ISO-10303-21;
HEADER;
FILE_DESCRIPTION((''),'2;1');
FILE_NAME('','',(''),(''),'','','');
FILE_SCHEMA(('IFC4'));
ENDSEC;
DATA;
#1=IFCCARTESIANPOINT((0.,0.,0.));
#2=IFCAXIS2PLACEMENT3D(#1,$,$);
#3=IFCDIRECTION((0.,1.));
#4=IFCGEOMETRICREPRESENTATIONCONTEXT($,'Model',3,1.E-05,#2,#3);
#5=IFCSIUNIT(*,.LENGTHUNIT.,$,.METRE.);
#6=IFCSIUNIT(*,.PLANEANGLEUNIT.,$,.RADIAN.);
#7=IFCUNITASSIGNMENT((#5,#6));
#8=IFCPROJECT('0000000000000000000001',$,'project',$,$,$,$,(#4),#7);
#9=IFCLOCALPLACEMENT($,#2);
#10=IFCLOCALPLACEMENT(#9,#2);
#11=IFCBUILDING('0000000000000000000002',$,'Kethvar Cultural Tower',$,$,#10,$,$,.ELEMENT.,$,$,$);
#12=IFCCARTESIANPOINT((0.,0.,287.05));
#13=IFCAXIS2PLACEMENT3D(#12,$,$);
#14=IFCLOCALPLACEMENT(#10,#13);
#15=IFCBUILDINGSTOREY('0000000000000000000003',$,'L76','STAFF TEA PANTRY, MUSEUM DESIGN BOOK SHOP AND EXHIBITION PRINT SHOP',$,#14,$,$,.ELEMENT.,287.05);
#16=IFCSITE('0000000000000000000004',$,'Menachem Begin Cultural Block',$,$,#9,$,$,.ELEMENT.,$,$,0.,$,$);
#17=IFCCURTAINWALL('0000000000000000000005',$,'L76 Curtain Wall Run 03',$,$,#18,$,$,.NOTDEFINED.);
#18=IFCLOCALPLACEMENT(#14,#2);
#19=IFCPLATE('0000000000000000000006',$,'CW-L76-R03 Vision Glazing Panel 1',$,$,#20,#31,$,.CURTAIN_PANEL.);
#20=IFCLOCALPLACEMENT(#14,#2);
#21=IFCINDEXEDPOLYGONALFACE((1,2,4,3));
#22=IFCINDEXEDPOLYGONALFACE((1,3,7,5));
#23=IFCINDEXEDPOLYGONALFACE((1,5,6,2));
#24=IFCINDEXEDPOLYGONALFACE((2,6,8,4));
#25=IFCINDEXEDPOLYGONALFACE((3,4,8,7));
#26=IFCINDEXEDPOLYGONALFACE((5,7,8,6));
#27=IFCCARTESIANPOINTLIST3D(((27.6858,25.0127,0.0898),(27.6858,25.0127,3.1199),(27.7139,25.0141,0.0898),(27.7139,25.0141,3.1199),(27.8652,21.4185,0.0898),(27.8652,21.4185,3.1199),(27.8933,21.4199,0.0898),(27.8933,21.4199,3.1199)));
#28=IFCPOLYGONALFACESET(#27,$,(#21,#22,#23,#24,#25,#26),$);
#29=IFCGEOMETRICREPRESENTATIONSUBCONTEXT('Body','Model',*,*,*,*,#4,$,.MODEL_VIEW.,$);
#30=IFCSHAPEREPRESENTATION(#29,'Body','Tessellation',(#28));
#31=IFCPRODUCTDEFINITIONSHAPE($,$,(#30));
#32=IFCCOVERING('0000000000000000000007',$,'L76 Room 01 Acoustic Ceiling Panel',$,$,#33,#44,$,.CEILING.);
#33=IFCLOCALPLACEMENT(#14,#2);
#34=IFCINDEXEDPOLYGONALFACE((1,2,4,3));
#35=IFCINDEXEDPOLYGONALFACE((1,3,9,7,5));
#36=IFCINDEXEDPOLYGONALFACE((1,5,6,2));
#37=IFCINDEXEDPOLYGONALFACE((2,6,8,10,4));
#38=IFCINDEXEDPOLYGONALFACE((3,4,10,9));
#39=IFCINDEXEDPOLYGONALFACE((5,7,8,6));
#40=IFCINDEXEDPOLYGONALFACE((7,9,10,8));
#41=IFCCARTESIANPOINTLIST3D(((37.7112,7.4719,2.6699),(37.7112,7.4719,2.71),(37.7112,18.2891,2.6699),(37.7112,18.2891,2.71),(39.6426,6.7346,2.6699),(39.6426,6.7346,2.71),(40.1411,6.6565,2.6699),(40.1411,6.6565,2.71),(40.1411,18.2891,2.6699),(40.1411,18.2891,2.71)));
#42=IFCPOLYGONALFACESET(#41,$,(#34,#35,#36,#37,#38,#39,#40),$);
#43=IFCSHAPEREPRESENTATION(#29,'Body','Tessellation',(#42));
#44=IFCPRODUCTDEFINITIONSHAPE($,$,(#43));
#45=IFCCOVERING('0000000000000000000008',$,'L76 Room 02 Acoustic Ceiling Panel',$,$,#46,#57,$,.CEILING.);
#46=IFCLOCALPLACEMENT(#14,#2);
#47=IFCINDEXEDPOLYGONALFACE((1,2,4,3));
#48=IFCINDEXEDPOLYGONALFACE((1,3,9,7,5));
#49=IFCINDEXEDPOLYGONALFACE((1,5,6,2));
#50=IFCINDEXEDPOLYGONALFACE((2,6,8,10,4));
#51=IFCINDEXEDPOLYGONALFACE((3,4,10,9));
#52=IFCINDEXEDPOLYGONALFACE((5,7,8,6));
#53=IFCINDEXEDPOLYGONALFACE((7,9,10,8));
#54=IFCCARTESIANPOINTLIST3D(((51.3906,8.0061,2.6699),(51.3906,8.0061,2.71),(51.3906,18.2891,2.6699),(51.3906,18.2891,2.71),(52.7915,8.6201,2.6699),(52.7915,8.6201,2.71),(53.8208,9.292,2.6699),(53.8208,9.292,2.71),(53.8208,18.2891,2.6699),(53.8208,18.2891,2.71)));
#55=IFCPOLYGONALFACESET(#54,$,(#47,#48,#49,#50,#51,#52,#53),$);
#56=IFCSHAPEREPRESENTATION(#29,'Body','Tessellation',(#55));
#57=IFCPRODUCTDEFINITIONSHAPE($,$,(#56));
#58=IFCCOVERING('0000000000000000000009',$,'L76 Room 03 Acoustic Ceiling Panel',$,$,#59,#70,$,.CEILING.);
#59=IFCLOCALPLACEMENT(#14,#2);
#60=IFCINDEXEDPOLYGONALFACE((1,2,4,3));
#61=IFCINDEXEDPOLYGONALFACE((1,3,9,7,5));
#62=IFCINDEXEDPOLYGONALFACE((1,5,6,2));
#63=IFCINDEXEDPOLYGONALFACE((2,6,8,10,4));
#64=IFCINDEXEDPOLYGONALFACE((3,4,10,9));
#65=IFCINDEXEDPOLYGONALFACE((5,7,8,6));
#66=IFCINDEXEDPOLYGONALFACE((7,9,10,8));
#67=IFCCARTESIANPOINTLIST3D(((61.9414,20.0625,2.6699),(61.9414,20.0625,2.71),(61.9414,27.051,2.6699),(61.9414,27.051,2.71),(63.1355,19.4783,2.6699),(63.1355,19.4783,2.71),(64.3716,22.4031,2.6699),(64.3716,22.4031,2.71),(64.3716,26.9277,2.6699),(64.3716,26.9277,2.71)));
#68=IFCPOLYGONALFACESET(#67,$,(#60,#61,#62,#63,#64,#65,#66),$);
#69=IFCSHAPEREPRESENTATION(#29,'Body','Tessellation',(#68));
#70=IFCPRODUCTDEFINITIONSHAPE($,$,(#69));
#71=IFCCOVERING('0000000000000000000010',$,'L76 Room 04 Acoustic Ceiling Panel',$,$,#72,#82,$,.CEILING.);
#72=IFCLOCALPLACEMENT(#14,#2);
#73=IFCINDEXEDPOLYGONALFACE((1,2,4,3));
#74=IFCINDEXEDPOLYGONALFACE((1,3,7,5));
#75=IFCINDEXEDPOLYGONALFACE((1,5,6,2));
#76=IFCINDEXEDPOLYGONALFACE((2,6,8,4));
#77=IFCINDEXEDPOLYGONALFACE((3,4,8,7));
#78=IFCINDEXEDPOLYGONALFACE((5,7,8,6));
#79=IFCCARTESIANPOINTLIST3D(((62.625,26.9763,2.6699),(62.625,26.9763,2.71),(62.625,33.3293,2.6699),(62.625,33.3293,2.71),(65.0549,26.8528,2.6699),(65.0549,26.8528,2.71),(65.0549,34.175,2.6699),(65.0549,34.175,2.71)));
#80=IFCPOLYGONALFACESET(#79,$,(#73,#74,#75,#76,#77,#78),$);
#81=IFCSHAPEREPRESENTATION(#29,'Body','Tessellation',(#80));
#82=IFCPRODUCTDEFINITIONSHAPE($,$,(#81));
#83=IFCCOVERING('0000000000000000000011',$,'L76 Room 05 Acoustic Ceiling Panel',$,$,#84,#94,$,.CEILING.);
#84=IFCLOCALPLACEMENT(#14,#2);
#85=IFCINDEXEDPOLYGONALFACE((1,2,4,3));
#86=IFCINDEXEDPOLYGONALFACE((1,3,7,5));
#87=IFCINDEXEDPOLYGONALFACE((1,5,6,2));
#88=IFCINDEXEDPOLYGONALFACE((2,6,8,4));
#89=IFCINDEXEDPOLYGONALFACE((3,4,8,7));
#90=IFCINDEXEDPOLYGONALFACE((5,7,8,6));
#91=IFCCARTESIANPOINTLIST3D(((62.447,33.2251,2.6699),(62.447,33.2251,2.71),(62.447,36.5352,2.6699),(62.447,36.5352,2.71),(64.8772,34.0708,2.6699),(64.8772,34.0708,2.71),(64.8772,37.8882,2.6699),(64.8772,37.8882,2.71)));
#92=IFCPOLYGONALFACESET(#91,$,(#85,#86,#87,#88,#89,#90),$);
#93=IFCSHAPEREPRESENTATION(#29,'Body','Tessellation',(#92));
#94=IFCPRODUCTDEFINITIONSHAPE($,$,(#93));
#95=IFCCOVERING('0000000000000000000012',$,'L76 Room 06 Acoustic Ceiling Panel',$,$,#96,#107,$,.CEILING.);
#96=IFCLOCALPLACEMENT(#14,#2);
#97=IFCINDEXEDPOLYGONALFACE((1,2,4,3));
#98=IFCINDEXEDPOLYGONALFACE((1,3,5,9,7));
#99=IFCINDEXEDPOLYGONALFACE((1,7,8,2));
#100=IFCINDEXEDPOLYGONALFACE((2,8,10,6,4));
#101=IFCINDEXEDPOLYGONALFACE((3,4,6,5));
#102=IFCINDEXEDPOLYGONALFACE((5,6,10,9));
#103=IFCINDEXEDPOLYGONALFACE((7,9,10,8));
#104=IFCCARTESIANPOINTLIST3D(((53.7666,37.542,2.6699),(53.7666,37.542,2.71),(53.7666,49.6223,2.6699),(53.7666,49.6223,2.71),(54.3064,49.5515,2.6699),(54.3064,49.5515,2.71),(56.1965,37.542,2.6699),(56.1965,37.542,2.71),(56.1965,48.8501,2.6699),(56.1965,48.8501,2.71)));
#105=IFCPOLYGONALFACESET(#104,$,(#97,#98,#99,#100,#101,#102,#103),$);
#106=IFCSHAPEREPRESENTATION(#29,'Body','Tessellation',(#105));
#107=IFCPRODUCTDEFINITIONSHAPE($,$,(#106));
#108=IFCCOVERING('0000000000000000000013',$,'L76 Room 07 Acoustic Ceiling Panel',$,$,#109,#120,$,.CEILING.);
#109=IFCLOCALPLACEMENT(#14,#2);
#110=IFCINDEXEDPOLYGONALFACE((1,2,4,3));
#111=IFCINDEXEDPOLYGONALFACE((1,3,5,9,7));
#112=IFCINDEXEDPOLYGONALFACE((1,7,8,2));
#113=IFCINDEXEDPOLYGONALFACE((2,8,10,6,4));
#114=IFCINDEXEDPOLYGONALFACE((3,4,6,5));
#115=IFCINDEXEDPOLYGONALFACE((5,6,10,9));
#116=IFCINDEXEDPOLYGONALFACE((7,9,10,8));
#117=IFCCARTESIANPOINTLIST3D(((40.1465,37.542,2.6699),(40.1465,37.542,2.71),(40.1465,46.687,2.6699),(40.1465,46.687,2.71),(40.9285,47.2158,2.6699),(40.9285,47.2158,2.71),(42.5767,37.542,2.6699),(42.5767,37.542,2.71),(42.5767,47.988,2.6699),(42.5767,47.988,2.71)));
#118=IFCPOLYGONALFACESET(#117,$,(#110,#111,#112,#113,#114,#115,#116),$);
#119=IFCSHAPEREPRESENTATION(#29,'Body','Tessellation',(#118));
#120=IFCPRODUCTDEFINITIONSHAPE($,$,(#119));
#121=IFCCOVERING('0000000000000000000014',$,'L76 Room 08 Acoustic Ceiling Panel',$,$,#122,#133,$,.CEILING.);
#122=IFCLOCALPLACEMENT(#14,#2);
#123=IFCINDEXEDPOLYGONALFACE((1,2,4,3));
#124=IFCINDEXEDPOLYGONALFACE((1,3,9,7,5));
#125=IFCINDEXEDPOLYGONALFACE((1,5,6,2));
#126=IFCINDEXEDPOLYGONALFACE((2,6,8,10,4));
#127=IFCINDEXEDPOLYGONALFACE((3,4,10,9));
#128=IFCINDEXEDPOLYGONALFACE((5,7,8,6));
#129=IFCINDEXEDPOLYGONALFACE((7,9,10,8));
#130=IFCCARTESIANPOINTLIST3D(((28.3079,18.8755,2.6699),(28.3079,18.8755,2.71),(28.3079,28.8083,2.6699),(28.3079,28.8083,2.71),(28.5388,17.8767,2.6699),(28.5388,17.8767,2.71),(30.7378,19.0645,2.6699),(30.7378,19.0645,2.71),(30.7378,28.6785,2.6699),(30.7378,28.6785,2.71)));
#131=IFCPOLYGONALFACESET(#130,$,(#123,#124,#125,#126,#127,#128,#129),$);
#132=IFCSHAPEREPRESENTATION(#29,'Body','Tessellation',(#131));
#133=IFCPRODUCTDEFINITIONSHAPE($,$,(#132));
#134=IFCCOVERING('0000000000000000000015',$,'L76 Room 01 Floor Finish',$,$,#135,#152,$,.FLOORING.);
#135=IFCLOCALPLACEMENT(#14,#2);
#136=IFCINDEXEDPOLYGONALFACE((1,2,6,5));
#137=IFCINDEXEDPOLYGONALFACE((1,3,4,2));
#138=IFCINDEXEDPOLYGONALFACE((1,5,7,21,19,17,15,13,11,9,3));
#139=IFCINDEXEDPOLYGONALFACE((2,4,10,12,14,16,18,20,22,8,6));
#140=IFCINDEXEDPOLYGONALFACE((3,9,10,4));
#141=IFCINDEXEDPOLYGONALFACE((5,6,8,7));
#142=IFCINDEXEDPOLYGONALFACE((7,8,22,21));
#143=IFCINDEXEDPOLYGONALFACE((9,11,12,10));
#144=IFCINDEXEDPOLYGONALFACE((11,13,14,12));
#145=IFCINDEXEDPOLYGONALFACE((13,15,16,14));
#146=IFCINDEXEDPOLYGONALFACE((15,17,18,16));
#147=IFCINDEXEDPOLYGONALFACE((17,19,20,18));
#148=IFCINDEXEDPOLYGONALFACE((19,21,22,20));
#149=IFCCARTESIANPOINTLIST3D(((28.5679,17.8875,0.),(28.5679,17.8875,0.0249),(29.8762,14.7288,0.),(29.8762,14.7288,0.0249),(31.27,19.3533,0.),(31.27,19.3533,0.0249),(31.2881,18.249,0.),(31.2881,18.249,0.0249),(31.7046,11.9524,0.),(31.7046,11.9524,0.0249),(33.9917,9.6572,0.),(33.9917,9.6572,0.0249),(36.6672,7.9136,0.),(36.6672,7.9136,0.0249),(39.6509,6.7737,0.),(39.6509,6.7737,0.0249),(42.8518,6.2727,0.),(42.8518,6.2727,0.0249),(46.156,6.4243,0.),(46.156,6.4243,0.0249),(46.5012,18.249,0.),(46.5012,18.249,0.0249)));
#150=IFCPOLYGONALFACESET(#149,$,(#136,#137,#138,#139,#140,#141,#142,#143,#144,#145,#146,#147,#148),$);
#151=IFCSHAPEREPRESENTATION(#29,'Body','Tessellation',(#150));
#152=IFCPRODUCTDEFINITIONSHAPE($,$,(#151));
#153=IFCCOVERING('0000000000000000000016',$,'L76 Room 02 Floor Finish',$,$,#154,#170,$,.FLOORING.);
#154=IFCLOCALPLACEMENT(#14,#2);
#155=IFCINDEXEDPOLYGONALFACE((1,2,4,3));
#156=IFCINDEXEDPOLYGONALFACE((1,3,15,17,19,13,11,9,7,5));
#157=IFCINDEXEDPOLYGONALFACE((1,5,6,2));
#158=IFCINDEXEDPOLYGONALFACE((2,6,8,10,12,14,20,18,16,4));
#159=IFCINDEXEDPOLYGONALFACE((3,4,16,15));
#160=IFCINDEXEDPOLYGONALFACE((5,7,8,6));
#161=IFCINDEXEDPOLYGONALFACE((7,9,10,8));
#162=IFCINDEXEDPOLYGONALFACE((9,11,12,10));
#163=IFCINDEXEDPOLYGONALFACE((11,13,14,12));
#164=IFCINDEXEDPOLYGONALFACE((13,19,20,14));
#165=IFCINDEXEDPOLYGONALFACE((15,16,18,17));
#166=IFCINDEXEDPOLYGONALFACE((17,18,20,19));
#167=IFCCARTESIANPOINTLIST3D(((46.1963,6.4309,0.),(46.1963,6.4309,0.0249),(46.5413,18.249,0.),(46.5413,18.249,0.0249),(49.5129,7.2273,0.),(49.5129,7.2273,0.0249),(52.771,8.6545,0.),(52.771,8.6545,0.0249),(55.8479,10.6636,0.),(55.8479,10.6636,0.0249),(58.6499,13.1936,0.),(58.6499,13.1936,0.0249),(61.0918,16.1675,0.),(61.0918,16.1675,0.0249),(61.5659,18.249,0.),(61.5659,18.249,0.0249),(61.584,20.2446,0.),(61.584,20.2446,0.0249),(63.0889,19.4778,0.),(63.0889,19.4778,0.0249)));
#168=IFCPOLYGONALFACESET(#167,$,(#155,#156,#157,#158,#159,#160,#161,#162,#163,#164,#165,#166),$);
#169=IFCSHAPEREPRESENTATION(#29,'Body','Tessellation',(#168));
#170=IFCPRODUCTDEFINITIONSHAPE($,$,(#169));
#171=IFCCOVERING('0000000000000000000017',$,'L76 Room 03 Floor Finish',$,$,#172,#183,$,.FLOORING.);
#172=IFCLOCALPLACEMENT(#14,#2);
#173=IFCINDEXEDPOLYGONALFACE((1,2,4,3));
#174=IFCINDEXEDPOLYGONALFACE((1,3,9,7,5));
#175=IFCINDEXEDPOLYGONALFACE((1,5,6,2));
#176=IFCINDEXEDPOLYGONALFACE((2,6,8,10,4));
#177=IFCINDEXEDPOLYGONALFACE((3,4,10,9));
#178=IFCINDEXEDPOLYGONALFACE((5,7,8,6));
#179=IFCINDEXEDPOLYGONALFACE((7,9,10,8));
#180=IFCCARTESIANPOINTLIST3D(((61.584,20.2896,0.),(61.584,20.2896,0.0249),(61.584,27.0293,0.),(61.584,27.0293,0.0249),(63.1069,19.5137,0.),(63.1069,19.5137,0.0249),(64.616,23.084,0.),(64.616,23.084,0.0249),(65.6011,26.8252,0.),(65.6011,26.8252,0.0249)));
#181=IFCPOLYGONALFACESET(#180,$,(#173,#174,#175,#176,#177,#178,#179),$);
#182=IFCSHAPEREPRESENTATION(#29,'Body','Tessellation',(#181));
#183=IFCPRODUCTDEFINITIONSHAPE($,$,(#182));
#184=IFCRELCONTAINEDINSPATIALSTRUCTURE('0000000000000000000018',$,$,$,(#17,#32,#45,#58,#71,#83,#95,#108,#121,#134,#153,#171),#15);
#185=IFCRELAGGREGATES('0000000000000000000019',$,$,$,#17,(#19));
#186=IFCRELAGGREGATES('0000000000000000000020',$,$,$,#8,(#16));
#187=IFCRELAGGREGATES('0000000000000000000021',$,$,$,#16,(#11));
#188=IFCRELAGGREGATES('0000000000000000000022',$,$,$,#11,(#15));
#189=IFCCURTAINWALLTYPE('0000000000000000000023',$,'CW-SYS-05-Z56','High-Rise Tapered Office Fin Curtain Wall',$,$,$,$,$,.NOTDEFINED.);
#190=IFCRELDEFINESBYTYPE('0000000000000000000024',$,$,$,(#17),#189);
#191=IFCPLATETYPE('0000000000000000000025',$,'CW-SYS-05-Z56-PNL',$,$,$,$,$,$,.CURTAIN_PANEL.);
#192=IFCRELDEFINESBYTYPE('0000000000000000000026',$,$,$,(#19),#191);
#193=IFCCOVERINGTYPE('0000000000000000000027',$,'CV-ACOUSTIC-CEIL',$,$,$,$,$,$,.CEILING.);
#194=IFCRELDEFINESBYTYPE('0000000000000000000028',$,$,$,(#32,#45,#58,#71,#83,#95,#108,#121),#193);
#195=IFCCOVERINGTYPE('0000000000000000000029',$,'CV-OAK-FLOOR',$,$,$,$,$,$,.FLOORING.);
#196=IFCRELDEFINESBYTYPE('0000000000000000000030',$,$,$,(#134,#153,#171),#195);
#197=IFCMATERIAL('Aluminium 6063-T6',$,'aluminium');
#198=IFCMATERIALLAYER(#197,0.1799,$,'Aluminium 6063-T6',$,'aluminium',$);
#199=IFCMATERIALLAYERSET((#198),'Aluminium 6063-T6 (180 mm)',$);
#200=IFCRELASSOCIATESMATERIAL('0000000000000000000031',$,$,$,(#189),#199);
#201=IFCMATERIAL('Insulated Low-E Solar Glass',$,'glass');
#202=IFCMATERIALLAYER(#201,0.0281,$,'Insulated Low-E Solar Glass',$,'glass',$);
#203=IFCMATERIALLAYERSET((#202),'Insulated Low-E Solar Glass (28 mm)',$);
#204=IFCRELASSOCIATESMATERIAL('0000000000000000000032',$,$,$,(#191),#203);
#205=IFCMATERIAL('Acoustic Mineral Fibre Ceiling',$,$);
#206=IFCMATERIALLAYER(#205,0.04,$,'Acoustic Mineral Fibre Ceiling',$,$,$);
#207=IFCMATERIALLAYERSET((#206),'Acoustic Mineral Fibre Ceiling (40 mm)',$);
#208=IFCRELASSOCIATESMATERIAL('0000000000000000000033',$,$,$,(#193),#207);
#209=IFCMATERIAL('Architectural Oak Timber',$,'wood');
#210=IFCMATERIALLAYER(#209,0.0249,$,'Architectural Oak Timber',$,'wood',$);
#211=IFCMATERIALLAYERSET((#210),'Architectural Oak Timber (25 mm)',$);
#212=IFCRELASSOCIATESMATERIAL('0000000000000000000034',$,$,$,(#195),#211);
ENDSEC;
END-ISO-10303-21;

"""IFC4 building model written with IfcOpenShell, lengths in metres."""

from ifc_helpers import new_model, si_unit, direction, frame, origin, origin_2d, place, context, subcontext, project, spatial, polyline, rectangle, outline, extrude, source, transform, mapped, material, layer, layer_set, type_object, element, aggregate, save


model = new_model("IFC4")

# Units and contexts
model_context = context("Model", 3, precision=1e-05, world=origin(), true_north=direction((0.0, 1.0)))
body_context = subcontext(model_context, "Body", "Model", "MODEL_VIEW")
ifc_project = project(units=[si_unit("LENGTHUNIT", "METRE"), si_unit("PLANEANGLEUNIT", "RADIAN")], contexts=[model_context])

# Site, building, storey
site_placement = place(None, origin())
site = spatial("IfcSite", under=ifc_project, at=site_placement, Name="Menachem Begin Cultural Block", CompositionType="ELEMENT", RefElevation=0.0)
building_placement = place(site_placement, origin())
building = spatial("IfcBuilding", under=site, at=building_placement, Name="Kethvar Cultural Tower", CompositionType="ELEMENT")
storey_placement = place(building_placement, frame((0.0, 0.0, 287.05)))
storey = spatial("IfcBuildingStorey", under=building, at=storey_placement, Name="L76", Description="STAFF TEA PANTRY, MUSEUM DESIGN BOOK SHOP AND EXHIBITION PRINT SHOP", CompositionType="ELEMENT", Elevation=287.05)

# Curtain wall
ifc_material_1 = material(Name="Aluminium 6063-T6", Category="aluminium")
ifc_layer_1 = layer(ifc_material_1, 0.1799, Name="Aluminium 6063-T6", Category="aluminium")
ifc_layer_set_1 = layer_set([ifc_layer_1], Name="Aluminium 6063-T6 (180 mm)")
curtain_wall_type = type_object("IfcCurtainWallType", Name="CW-SYS-05-Z56", Description="High-Rise Tapered Office Fin Curtain Wall", PredefinedType="NOTDEFINED", material=ifc_layer_set_1)
curtain_wall_placement = place(storey_placement, origin())
curtain_wall = element("IfcCurtainWall", 1, at=curtain_wall_placement, inside=storey, type_object=curtain_wall_type, Name="L76 Curtain Wall Run 03", PredefinedType="NOTDEFINED")

# Plate
ifc_material_2 = material(Name="Insulated Low-E Solar Glass", Category="glass")
ifc_layer_2 = layer(ifc_material_2, 0.0281, Name="Insulated Low-E Solar Glass", Category="glass")
ifc_layer_set_2 = layer_set([ifc_layer_2], Name="Insulated Low-E Solar Glass (28 mm)")
plate_type = type_object("IfcPlateType", Name="CW-SYS-05-Z56-PNL", PredefinedType="CURTAIN_PANEL", material=ifc_layer_set_2)
shared_shape_1 = source(origin(), body_context, "Body", "SweptSolid", [
    extrude(rectangle(XDim=3.5986, YDim=0.0281, at=origin_2d()), origin(), (0.0, 0.0, 1.0), 3.03),
])
plate_placement = place(storey_placement, frame((27.7896, 23.2163, 0.0898), z_axis=(0.0, 0.0, 1.0), x_axis=(0.049843, -0.998757, 0.0)))
plate = element("IfcPlate", 2, at=plate_placement, type_object=plate_type, Name="CW-L76-R03 Vision Glazing Panel 1", PredefinedType="CURTAIN_PANEL", context=body_context, shape_type="MappedRepresentation", body=[
    mapped(shared_shape_1, transform((0.0, 0.0, 0.0), scale=1.0)),
])
aggregate(curtain_wall, [plate])

# Coverings
ifc_material_3 = material(Name="Acoustic Mineral Fibre Ceiling")
ifc_layer_3 = layer(ifc_material_3, 0.04, Name="Acoustic Mineral Fibre Ceiling")
ifc_layer_set_3 = layer_set([ifc_layer_3], Name="Acoustic Mineral Fibre Ceiling (40 mm)")
covering_type_1 = type_object("IfcCoveringType", Name="CV-ACOUSTIC-CEIL", PredefinedType="CEILING", material=ifc_layer_set_3)
covering_1_placement = place(storey_placement, frame((0.0, 0.0, 2.6699)))
element("IfcCovering", 3, at=covering_1_placement, inside=storey, type_object=covering_type_1, Name="L76 Room 01 Acoustic Ceiling Panel", PredefinedType="CEILING", context=body_context, shape_type="SweptSolid", body=[
    extrude(outline(polyline([(39.6426, 6.7346), (37.7112, 7.4719), (37.7112, 18.2891), (40.1411, 18.2891), (40.1411, 6.6565), (39.6426, 6.7346)])), origin(), (0.0, 0.0, 1.0), 0.04),
])
covering_2_placement = place(storey_placement, frame((0.0, 0.0, 2.6699)))
element("IfcCovering", 4, at=covering_2_placement, inside=storey, type_object=covering_type_1, Name="L76 Room 02 Acoustic Ceiling Panel", PredefinedType="CEILING", context=body_context, shape_type="SweptSolid", body=[
    extrude(outline(polyline([(52.7915, 8.6201), (51.3906, 8.0061), (51.3906, 18.2891), (53.8208, 18.2891), (53.8208, 9.292), (52.7915, 8.6201)])), origin(), (0.0, 0.0, 1.0), 0.04),
])
covering_3_placement = place(storey_placement, frame((0.0, 0.0, 2.6699)))
element("IfcCovering", 5, at=covering_3_placement, inside=storey, type_object=covering_type_1, Name="L76 Room 03 Acoustic Ceiling Panel", PredefinedType="CEILING", context=body_context, shape_type="SweptSolid", body=[
    extrude(outline(polyline([(63.1355, 19.4783), (61.9414, 20.0625), (61.9414, 27.051), (64.3716, 26.9277), (64.3716, 22.4031), (63.1355, 19.4783)])), origin(), (0.0, 0.0, 1.0), 0.04),
])
covering_4_placement = place(storey_placement, frame((0.0, 0.0, 2.6699)))
element("IfcCovering", 6, at=covering_4_placement, inside=storey, type_object=covering_type_1, Name="L76 Room 04 Acoustic Ceiling Panel", PredefinedType="CEILING", context=body_context, shape_type="SweptSolid", body=[
    extrude(outline(polyline([(62.625, 26.9763), (62.625, 33.3293), (65.0549, 34.175), (65.0549, 26.8528), (62.625, 26.9763)])), origin(), (0.0, 0.0, 1.0), 0.04),
])
covering_5_placement = place(storey_placement, frame((0.0, 0.0, 2.6699)))
element("IfcCovering", 7, at=covering_5_placement, inside=storey, type_object=covering_type_1, Name="L76 Room 05 Acoustic Ceiling Panel", PredefinedType="CEILING", context=body_context, shape_type="SweptSolid", body=[
    extrude(outline(polyline([(62.447, 33.2251), (62.447, 36.5352), (64.8772, 37.8882), (64.8772, 34.0708), (62.447, 33.2251)])), origin(), (0.0, 0.0, 1.0), 0.04),
])
covering_6_placement = place(storey_placement, frame((0.0, 0.0, 2.6699)))
element("IfcCovering", 8, at=covering_6_placement, inside=storey, type_object=covering_type_1, Name="L76 Room 06 Acoustic Ceiling Panel", PredefinedType="CEILING", context=body_context, shape_type="SweptSolid", body=[
    extrude(outline(polyline([(54.3064, 49.5515), (56.1965, 48.8501), (56.1965, 37.542), (53.7666, 37.542), (53.7666, 49.6223), (54.3064, 49.5515)])), origin(), (0.0, 0.0, 1.0), 0.04),
])
covering_7_placement = place(storey_placement, frame((0.0, 0.0, 2.6699)))
element("IfcCovering", 9, at=covering_7_placement, inside=storey, type_object=covering_type_1, Name="L76 Room 07 Acoustic Ceiling Panel", PredefinedType="CEILING", context=body_context, shape_type="SweptSolid", body=[
    extrude(outline(polyline([(40.9285, 47.2158), (42.5767, 47.988), (42.5767, 37.542), (40.1465, 37.542), (40.1465, 46.687), (40.9285, 47.2158)])), origin(), (0.0, 0.0, 1.0), 0.04),
])
covering_8_placement = place(storey_placement, frame((0.0, 0.0, 2.6699)))
element("IfcCovering", 10, at=covering_8_placement, inside=storey, type_object=covering_type_1, Name="L76 Room 08 Acoustic Ceiling Panel", PredefinedType="CEILING", context=body_context, shape_type="SweptSolid", body=[
    extrude(outline(polyline([(30.7378, 28.6785), (30.7378, 19.0645), (28.5388, 17.8767), (28.3079, 18.8755), (28.3079, 28.8083), (30.7378, 28.6785)])), origin(), (0.0, 0.0, 1.0), 0.04),
])
ifc_material_4 = material(Name="Architectural Oak Timber", Category="wood")
ifc_layer_4 = layer(ifc_material_4, 0.0249, Name="Architectural Oak Timber", Category="wood")
ifc_layer_set_4 = layer_set([ifc_layer_4], Name="Architectural Oak Timber (25 mm)")
covering_type_2 = type_object("IfcCoveringType", Name="CV-OAK-FLOOR", PredefinedType="FLOORING", material=ifc_layer_set_4)
covering_9_placement = place(storey_placement, origin())
element("IfcCovering", 11, at=covering_9_placement, inside=storey, type_object=covering_type_2, Name="L76 Room 01 Floor Finish", PredefinedType="FLOORING", context=body_context, shape_type="SweptSolid", body=[
    extrude(outline(polyline([(42.8518, 6.2727), (39.6509, 6.7737), (36.6672, 7.9136), (33.9917, 9.6572), (31.7046, 11.9524), (29.8762, 14.7288), (28.5679, 17.8875), (31.27, 19.3533), (31.2881, 18.249), (46.5012, 18.249), (46.156, 6.4243), (42.8518, 6.2727)])), origin(), (0.0, 0.0, 1.0), 0.0249),
])
covering_10_placement = place(storey_placement, origin())
element("IfcCovering", 12, at=covering_10_placement, inside=storey, type_object=covering_type_2, Name="L76 Room 02 Floor Finish", PredefinedType="FLOORING", context=body_context, shape_type="SweptSolid", body=[
    extrude(outline(polyline([(63.0889, 19.4778), (61.0918, 16.1675), (58.6499, 13.1936), (55.8479, 10.6636), (52.771, 8.6545), (49.5129, 7.2273), (46.1963, 6.4309), (46.5413, 18.249), (61.5659, 18.249), (61.584, 20.2446), (63.0889, 19.4778)])), origin(), (0.0, 0.0, 1.0), 0.0249),
])
covering_11_placement = place(storey_placement, origin())
element("IfcCovering", 13, at=covering_11_placement, inside=storey, type_object=covering_type_2, Name="L76 Room 03 Floor Finish", PredefinedType="FLOORING", context=body_context, shape_type="SweptSolid", body=[
    extrude(outline(polyline([(64.616, 23.084), (63.1069, 19.5137), (61.584, 20.2896), (61.584, 27.0293), (65.6011, 26.8252), (64.616, 23.084)])), origin(), (0.0, 0.0, 1.0), 0.0249),
])

save(model, "model.ifc")
